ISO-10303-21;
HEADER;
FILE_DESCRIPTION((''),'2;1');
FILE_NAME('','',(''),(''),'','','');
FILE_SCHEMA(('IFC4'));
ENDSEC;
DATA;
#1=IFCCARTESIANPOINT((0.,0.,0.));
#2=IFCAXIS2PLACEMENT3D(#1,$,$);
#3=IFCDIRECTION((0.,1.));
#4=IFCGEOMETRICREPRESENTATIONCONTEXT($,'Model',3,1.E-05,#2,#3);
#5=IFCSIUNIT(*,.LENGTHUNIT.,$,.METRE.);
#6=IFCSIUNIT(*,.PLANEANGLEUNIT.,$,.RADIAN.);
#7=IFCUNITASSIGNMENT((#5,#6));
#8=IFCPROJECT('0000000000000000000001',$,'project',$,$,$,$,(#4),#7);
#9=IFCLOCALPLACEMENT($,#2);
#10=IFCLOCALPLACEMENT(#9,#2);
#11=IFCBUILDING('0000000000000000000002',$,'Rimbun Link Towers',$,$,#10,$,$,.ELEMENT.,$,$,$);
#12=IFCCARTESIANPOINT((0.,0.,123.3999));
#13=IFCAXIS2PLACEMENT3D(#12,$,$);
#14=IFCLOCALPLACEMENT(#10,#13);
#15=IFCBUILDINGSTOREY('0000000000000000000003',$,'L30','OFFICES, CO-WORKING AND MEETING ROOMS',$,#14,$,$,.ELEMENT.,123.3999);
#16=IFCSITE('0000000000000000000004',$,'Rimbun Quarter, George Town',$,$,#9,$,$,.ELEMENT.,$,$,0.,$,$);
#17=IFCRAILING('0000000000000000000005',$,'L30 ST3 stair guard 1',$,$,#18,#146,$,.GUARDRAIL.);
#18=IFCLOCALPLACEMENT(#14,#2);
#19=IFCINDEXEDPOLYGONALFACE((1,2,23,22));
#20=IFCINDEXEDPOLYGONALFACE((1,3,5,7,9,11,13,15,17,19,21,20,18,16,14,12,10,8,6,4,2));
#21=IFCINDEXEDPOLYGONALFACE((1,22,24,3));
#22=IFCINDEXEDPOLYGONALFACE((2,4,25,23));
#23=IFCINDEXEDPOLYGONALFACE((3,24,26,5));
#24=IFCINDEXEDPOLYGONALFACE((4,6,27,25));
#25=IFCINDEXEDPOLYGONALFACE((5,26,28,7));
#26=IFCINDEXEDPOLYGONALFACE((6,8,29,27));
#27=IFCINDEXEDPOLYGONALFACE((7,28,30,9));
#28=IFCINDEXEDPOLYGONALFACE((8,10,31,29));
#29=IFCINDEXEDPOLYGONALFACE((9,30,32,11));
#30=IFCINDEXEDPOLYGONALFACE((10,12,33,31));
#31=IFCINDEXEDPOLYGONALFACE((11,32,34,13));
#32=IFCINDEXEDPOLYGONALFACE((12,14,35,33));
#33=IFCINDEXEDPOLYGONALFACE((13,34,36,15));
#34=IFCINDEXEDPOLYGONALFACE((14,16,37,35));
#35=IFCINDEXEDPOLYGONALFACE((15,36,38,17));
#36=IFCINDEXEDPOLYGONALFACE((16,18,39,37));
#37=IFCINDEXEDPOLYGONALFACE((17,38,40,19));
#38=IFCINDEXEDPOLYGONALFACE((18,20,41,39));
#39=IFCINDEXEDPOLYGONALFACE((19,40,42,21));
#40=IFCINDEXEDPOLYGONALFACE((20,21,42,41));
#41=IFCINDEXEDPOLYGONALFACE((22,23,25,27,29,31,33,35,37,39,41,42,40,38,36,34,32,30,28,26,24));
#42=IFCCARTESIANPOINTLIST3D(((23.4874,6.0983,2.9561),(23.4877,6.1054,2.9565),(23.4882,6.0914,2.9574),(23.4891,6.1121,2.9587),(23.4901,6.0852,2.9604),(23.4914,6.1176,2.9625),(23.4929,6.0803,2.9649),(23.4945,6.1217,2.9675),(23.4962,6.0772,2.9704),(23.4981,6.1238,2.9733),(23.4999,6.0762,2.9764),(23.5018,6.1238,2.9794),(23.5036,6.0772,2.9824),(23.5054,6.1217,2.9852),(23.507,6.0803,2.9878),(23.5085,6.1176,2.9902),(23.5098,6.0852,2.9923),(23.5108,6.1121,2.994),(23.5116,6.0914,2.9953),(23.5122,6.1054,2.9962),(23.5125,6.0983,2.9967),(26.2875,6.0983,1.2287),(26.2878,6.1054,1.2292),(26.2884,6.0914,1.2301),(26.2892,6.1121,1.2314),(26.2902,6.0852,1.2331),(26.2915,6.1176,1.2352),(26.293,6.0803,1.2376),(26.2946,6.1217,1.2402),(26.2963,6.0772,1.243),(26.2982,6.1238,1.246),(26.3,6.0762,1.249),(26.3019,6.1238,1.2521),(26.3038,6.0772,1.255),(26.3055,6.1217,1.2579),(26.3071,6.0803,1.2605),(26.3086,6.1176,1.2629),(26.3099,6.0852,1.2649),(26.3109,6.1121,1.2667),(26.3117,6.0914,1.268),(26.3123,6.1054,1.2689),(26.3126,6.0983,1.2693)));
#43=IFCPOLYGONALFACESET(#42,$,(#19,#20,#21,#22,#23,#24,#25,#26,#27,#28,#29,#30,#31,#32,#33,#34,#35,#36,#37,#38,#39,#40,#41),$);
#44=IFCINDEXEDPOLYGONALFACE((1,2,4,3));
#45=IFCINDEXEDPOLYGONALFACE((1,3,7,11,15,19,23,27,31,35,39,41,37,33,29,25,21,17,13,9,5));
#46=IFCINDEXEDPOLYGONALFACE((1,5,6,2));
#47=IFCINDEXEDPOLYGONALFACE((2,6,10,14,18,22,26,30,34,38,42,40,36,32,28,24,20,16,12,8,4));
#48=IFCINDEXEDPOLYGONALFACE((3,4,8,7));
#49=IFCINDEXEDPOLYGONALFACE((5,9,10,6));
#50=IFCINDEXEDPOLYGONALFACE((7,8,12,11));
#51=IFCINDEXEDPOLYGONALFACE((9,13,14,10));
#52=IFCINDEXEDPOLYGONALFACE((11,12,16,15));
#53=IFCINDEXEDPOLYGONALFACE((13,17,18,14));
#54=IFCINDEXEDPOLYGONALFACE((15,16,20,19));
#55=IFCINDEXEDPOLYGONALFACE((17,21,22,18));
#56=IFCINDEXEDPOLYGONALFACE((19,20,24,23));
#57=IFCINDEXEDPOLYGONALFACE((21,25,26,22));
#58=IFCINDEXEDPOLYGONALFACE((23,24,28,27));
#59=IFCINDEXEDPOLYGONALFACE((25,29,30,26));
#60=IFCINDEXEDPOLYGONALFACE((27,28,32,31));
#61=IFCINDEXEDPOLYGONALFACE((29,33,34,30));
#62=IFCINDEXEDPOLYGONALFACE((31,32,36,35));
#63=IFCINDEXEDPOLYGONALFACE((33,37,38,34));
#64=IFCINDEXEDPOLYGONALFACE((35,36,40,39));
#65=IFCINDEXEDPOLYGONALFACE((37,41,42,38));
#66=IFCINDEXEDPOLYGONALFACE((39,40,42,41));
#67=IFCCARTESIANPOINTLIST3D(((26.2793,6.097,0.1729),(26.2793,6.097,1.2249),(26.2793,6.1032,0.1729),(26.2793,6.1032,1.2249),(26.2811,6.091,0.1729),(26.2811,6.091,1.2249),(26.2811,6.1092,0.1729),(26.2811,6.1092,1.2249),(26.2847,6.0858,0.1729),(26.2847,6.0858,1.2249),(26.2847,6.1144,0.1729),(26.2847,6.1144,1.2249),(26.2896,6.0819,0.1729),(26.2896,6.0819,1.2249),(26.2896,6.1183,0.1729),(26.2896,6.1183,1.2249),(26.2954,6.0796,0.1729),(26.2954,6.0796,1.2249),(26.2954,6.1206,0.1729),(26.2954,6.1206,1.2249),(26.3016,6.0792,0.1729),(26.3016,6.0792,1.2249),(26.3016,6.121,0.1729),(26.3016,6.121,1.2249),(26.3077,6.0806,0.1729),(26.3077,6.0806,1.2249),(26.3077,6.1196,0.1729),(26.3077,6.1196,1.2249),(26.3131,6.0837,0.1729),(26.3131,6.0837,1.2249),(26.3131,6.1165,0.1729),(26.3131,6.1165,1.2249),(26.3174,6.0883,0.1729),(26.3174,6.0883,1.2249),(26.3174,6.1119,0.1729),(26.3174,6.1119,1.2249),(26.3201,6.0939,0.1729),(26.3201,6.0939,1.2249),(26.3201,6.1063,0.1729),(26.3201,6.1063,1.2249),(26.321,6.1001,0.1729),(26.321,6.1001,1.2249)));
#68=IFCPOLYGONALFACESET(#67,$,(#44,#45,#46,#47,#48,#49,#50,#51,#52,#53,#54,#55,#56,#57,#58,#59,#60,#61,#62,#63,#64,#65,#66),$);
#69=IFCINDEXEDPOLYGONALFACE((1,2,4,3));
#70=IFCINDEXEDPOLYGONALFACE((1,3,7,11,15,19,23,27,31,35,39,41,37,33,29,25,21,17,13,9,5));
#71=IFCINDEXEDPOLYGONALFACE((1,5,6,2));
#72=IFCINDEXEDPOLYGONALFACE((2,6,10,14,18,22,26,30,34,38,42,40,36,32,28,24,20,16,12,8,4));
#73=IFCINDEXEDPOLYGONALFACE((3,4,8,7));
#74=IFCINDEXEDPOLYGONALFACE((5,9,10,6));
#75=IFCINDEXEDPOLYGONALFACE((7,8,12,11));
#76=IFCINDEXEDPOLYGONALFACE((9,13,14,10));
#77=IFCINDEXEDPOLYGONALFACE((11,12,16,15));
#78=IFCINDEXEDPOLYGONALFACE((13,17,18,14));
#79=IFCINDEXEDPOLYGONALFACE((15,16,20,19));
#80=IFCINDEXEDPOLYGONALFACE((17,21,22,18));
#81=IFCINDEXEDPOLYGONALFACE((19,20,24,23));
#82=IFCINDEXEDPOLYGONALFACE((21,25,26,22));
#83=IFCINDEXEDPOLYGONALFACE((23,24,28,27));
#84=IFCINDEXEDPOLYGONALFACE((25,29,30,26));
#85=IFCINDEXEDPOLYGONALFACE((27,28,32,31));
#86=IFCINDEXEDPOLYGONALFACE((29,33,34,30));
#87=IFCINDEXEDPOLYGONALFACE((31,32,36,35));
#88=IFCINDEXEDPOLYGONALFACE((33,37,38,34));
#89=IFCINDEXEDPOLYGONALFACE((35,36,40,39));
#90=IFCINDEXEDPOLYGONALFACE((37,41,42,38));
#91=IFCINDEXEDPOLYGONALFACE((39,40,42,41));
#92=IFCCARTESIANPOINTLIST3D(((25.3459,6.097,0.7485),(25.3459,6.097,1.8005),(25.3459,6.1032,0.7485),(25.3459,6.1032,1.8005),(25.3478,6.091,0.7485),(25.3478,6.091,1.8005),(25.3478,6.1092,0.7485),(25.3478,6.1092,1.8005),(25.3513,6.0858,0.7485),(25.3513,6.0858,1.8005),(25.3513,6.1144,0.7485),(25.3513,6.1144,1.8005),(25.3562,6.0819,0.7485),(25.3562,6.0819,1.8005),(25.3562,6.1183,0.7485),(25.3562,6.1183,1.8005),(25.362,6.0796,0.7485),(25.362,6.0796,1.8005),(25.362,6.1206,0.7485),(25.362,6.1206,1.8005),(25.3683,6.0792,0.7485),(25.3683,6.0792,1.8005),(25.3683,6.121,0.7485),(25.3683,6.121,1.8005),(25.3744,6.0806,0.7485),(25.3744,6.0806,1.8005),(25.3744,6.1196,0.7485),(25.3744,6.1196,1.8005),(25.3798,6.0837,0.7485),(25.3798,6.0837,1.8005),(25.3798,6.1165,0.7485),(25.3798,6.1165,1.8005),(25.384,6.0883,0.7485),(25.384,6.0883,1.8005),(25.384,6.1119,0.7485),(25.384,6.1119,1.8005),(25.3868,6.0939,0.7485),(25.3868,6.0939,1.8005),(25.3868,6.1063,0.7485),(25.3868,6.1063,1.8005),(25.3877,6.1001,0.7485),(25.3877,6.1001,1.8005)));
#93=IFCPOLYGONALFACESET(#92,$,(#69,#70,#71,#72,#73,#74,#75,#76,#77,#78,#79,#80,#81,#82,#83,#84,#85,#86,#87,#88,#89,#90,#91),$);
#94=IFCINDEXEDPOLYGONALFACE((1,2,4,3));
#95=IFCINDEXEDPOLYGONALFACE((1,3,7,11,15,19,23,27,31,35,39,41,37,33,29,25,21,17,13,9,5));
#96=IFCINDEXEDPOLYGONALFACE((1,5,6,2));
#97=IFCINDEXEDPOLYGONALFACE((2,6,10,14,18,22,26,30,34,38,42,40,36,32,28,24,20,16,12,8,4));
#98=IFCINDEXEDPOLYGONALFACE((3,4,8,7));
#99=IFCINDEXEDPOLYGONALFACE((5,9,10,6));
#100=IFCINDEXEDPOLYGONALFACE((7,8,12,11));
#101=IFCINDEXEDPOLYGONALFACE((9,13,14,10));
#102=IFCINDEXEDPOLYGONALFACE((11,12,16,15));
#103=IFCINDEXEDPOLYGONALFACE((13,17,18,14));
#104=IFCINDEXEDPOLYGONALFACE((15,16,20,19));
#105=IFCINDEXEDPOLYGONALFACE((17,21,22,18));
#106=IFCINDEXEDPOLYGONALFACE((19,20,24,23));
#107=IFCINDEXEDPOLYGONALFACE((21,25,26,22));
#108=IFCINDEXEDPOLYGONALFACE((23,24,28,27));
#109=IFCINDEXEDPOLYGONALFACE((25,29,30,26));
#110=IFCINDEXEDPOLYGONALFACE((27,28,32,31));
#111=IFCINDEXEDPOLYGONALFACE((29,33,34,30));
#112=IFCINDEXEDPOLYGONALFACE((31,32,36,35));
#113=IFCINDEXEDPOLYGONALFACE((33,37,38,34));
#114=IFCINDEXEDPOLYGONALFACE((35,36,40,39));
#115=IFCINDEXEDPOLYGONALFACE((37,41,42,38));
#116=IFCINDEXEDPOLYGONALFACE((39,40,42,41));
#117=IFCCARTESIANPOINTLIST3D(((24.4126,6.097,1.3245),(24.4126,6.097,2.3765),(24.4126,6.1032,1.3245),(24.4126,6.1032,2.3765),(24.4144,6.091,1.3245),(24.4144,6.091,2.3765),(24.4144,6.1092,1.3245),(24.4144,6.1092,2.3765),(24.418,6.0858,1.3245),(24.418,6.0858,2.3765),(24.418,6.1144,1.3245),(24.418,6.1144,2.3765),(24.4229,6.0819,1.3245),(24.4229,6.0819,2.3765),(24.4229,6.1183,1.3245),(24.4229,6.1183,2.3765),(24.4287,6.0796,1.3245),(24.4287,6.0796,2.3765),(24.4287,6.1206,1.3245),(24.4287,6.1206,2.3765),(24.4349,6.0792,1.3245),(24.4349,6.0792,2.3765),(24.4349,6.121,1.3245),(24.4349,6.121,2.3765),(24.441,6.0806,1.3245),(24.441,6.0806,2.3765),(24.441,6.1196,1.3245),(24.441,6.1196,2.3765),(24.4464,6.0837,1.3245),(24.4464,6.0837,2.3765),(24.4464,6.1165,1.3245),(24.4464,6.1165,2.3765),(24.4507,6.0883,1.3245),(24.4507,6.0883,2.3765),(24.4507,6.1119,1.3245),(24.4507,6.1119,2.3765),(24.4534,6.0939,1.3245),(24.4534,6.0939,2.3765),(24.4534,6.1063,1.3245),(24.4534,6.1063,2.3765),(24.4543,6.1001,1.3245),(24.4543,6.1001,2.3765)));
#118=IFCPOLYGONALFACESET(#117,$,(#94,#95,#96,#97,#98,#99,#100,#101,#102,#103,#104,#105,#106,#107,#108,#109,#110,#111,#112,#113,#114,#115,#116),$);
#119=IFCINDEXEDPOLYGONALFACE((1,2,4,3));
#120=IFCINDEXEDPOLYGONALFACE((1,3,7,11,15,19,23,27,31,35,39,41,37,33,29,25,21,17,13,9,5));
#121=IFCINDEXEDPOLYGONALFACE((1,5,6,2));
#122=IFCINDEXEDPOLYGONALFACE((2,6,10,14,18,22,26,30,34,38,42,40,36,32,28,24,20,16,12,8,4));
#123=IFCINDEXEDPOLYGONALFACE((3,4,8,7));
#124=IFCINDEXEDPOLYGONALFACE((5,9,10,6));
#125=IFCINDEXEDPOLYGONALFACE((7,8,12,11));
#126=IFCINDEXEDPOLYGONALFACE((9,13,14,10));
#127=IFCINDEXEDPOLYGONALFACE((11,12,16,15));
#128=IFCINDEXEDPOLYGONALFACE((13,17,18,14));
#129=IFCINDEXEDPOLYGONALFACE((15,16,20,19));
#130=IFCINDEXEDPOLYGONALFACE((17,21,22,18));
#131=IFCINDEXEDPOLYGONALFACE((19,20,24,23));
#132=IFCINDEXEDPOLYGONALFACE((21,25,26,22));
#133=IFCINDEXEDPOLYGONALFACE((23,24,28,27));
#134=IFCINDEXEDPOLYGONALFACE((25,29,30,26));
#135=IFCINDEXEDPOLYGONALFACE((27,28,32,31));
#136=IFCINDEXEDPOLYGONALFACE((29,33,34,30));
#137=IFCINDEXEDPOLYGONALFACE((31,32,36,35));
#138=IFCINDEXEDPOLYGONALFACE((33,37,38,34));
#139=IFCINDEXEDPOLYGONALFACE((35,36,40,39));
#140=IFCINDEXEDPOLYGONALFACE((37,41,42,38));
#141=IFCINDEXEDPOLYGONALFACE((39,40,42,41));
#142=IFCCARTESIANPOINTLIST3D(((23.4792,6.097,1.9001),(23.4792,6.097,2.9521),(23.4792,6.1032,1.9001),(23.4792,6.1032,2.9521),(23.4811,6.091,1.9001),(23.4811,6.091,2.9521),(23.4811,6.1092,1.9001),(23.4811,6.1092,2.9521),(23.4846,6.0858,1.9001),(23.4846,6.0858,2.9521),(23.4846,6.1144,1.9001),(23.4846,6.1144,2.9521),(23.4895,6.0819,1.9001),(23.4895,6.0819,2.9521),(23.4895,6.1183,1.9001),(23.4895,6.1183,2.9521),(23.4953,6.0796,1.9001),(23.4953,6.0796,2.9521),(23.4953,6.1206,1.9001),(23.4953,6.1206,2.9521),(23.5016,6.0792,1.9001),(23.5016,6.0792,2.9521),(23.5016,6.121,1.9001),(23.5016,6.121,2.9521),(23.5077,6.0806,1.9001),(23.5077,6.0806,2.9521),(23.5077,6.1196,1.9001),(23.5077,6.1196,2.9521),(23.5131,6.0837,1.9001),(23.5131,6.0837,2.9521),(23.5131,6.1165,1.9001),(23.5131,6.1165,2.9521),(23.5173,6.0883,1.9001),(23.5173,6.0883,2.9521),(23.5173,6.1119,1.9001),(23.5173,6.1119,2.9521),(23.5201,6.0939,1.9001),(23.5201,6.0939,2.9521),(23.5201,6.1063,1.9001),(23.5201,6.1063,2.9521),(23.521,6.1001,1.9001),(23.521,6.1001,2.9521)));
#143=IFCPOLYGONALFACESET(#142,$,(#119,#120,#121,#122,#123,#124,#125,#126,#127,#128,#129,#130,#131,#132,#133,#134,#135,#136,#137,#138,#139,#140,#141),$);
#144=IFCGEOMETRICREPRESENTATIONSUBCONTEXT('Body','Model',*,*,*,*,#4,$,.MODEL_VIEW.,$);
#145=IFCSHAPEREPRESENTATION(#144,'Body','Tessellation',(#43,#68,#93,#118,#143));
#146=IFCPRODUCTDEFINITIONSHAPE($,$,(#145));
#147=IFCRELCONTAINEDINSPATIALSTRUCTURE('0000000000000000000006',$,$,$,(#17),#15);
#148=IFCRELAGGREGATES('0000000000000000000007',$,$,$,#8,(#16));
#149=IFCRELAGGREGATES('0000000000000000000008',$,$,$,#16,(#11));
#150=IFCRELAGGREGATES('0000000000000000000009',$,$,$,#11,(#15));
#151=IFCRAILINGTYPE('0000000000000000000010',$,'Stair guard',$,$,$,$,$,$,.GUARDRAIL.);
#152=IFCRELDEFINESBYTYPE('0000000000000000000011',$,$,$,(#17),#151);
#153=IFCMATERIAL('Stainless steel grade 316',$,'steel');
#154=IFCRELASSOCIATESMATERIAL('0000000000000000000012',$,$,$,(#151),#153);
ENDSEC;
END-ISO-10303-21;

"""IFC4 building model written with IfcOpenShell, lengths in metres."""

from ifc_helpers import new_model, si_unit, direction, frame, origin, origin_2d, place, context, subcontext, project, spatial, circle, extrude, material, type_object, element, save


model = new_model("IFC4")

# Units and contexts
model_context = context("Model", 3, precision=1e-05, world=origin(), true_north=direction((0.0, 1.0)))
body_context = subcontext(model_context, "Body", "Model", "MODEL_VIEW")
ifc_project = project(units=[si_unit("LENGTHUNIT", "METRE"), si_unit("PLANEANGLEUNIT", "RADIAN")], contexts=[model_context])

# Site, building, storey
site_placement = place(None, origin())
site = spatial("IfcSite", under=ifc_project, at=site_placement, Name="Rimbun Quarter, George Town", CompositionType="ELEMENT", RefElevation=0.0)
building_placement = place(site_placement, origin())
building = spatial("IfcBuilding", under=site, at=building_placement, Name="Rimbun Link Towers", CompositionType="ELEMENT")
storey_placement = place(building_placement, frame((0.0, 0.0, 123.3999)))
storey = spatial("IfcBuildingStorey", under=building, at=storey_placement, Name="L30", Description="OFFICES, CO-WORKING AND MEETING ROOMS", CompositionType="ELEMENT", Elevation=123.3999)

# Railing
ifc_material_1 = material(Name="Stainless steel grade 316", Category="steel")
railing_type_1 = type_object("IfcRailingType", Name="Stair guard", PredefinedType="GUARDRAIL", material=ifc_material_1)
railing_1_placement = place(storey_placement, frame((26.3, 6.1001, 0.1729)))
element("IfcRailing", 1, at=railing_1_placement, inside=storey, type_object=railing_type_1, Name="L30 ST3 stair guard 1", PredefinedType="GUARDRAIL", context=body_context, shape_type="SweptSolid", body=[
    extrude(circle(Radius=0.0239, at=origin_2d()), frame((0.0, 0.0, 1.0762), z_axis=(-0.85109, 0.0, 0.52502), x_axis=(0.0, -1.0, 0.0)), (0.0, 0.0, 1.0), 3.29),
    extrude(circle(Radius=0.021, at=origin_2d()), origin(), (0.0, 0.0, 1.0), 1.052),
    extrude(circle(Radius=0.021, at=origin_2d()), frame((-0.9333, 0.0, 0.5757)), (0.0, 0.0, 1.0), 1.052),
    extrude(circle(Radius=0.021, at=origin_2d()), frame((-1.8667, 0.0, 1.1516)), (0.0, 0.0, 1.0), 1.052),
    extrude(circle(Radius=0.021, at=origin_2d()), frame((-2.8, 0.0, 1.7273)), (0.0, 0.0, 1.0), 1.052),
])

save(model, "model.ifc")
